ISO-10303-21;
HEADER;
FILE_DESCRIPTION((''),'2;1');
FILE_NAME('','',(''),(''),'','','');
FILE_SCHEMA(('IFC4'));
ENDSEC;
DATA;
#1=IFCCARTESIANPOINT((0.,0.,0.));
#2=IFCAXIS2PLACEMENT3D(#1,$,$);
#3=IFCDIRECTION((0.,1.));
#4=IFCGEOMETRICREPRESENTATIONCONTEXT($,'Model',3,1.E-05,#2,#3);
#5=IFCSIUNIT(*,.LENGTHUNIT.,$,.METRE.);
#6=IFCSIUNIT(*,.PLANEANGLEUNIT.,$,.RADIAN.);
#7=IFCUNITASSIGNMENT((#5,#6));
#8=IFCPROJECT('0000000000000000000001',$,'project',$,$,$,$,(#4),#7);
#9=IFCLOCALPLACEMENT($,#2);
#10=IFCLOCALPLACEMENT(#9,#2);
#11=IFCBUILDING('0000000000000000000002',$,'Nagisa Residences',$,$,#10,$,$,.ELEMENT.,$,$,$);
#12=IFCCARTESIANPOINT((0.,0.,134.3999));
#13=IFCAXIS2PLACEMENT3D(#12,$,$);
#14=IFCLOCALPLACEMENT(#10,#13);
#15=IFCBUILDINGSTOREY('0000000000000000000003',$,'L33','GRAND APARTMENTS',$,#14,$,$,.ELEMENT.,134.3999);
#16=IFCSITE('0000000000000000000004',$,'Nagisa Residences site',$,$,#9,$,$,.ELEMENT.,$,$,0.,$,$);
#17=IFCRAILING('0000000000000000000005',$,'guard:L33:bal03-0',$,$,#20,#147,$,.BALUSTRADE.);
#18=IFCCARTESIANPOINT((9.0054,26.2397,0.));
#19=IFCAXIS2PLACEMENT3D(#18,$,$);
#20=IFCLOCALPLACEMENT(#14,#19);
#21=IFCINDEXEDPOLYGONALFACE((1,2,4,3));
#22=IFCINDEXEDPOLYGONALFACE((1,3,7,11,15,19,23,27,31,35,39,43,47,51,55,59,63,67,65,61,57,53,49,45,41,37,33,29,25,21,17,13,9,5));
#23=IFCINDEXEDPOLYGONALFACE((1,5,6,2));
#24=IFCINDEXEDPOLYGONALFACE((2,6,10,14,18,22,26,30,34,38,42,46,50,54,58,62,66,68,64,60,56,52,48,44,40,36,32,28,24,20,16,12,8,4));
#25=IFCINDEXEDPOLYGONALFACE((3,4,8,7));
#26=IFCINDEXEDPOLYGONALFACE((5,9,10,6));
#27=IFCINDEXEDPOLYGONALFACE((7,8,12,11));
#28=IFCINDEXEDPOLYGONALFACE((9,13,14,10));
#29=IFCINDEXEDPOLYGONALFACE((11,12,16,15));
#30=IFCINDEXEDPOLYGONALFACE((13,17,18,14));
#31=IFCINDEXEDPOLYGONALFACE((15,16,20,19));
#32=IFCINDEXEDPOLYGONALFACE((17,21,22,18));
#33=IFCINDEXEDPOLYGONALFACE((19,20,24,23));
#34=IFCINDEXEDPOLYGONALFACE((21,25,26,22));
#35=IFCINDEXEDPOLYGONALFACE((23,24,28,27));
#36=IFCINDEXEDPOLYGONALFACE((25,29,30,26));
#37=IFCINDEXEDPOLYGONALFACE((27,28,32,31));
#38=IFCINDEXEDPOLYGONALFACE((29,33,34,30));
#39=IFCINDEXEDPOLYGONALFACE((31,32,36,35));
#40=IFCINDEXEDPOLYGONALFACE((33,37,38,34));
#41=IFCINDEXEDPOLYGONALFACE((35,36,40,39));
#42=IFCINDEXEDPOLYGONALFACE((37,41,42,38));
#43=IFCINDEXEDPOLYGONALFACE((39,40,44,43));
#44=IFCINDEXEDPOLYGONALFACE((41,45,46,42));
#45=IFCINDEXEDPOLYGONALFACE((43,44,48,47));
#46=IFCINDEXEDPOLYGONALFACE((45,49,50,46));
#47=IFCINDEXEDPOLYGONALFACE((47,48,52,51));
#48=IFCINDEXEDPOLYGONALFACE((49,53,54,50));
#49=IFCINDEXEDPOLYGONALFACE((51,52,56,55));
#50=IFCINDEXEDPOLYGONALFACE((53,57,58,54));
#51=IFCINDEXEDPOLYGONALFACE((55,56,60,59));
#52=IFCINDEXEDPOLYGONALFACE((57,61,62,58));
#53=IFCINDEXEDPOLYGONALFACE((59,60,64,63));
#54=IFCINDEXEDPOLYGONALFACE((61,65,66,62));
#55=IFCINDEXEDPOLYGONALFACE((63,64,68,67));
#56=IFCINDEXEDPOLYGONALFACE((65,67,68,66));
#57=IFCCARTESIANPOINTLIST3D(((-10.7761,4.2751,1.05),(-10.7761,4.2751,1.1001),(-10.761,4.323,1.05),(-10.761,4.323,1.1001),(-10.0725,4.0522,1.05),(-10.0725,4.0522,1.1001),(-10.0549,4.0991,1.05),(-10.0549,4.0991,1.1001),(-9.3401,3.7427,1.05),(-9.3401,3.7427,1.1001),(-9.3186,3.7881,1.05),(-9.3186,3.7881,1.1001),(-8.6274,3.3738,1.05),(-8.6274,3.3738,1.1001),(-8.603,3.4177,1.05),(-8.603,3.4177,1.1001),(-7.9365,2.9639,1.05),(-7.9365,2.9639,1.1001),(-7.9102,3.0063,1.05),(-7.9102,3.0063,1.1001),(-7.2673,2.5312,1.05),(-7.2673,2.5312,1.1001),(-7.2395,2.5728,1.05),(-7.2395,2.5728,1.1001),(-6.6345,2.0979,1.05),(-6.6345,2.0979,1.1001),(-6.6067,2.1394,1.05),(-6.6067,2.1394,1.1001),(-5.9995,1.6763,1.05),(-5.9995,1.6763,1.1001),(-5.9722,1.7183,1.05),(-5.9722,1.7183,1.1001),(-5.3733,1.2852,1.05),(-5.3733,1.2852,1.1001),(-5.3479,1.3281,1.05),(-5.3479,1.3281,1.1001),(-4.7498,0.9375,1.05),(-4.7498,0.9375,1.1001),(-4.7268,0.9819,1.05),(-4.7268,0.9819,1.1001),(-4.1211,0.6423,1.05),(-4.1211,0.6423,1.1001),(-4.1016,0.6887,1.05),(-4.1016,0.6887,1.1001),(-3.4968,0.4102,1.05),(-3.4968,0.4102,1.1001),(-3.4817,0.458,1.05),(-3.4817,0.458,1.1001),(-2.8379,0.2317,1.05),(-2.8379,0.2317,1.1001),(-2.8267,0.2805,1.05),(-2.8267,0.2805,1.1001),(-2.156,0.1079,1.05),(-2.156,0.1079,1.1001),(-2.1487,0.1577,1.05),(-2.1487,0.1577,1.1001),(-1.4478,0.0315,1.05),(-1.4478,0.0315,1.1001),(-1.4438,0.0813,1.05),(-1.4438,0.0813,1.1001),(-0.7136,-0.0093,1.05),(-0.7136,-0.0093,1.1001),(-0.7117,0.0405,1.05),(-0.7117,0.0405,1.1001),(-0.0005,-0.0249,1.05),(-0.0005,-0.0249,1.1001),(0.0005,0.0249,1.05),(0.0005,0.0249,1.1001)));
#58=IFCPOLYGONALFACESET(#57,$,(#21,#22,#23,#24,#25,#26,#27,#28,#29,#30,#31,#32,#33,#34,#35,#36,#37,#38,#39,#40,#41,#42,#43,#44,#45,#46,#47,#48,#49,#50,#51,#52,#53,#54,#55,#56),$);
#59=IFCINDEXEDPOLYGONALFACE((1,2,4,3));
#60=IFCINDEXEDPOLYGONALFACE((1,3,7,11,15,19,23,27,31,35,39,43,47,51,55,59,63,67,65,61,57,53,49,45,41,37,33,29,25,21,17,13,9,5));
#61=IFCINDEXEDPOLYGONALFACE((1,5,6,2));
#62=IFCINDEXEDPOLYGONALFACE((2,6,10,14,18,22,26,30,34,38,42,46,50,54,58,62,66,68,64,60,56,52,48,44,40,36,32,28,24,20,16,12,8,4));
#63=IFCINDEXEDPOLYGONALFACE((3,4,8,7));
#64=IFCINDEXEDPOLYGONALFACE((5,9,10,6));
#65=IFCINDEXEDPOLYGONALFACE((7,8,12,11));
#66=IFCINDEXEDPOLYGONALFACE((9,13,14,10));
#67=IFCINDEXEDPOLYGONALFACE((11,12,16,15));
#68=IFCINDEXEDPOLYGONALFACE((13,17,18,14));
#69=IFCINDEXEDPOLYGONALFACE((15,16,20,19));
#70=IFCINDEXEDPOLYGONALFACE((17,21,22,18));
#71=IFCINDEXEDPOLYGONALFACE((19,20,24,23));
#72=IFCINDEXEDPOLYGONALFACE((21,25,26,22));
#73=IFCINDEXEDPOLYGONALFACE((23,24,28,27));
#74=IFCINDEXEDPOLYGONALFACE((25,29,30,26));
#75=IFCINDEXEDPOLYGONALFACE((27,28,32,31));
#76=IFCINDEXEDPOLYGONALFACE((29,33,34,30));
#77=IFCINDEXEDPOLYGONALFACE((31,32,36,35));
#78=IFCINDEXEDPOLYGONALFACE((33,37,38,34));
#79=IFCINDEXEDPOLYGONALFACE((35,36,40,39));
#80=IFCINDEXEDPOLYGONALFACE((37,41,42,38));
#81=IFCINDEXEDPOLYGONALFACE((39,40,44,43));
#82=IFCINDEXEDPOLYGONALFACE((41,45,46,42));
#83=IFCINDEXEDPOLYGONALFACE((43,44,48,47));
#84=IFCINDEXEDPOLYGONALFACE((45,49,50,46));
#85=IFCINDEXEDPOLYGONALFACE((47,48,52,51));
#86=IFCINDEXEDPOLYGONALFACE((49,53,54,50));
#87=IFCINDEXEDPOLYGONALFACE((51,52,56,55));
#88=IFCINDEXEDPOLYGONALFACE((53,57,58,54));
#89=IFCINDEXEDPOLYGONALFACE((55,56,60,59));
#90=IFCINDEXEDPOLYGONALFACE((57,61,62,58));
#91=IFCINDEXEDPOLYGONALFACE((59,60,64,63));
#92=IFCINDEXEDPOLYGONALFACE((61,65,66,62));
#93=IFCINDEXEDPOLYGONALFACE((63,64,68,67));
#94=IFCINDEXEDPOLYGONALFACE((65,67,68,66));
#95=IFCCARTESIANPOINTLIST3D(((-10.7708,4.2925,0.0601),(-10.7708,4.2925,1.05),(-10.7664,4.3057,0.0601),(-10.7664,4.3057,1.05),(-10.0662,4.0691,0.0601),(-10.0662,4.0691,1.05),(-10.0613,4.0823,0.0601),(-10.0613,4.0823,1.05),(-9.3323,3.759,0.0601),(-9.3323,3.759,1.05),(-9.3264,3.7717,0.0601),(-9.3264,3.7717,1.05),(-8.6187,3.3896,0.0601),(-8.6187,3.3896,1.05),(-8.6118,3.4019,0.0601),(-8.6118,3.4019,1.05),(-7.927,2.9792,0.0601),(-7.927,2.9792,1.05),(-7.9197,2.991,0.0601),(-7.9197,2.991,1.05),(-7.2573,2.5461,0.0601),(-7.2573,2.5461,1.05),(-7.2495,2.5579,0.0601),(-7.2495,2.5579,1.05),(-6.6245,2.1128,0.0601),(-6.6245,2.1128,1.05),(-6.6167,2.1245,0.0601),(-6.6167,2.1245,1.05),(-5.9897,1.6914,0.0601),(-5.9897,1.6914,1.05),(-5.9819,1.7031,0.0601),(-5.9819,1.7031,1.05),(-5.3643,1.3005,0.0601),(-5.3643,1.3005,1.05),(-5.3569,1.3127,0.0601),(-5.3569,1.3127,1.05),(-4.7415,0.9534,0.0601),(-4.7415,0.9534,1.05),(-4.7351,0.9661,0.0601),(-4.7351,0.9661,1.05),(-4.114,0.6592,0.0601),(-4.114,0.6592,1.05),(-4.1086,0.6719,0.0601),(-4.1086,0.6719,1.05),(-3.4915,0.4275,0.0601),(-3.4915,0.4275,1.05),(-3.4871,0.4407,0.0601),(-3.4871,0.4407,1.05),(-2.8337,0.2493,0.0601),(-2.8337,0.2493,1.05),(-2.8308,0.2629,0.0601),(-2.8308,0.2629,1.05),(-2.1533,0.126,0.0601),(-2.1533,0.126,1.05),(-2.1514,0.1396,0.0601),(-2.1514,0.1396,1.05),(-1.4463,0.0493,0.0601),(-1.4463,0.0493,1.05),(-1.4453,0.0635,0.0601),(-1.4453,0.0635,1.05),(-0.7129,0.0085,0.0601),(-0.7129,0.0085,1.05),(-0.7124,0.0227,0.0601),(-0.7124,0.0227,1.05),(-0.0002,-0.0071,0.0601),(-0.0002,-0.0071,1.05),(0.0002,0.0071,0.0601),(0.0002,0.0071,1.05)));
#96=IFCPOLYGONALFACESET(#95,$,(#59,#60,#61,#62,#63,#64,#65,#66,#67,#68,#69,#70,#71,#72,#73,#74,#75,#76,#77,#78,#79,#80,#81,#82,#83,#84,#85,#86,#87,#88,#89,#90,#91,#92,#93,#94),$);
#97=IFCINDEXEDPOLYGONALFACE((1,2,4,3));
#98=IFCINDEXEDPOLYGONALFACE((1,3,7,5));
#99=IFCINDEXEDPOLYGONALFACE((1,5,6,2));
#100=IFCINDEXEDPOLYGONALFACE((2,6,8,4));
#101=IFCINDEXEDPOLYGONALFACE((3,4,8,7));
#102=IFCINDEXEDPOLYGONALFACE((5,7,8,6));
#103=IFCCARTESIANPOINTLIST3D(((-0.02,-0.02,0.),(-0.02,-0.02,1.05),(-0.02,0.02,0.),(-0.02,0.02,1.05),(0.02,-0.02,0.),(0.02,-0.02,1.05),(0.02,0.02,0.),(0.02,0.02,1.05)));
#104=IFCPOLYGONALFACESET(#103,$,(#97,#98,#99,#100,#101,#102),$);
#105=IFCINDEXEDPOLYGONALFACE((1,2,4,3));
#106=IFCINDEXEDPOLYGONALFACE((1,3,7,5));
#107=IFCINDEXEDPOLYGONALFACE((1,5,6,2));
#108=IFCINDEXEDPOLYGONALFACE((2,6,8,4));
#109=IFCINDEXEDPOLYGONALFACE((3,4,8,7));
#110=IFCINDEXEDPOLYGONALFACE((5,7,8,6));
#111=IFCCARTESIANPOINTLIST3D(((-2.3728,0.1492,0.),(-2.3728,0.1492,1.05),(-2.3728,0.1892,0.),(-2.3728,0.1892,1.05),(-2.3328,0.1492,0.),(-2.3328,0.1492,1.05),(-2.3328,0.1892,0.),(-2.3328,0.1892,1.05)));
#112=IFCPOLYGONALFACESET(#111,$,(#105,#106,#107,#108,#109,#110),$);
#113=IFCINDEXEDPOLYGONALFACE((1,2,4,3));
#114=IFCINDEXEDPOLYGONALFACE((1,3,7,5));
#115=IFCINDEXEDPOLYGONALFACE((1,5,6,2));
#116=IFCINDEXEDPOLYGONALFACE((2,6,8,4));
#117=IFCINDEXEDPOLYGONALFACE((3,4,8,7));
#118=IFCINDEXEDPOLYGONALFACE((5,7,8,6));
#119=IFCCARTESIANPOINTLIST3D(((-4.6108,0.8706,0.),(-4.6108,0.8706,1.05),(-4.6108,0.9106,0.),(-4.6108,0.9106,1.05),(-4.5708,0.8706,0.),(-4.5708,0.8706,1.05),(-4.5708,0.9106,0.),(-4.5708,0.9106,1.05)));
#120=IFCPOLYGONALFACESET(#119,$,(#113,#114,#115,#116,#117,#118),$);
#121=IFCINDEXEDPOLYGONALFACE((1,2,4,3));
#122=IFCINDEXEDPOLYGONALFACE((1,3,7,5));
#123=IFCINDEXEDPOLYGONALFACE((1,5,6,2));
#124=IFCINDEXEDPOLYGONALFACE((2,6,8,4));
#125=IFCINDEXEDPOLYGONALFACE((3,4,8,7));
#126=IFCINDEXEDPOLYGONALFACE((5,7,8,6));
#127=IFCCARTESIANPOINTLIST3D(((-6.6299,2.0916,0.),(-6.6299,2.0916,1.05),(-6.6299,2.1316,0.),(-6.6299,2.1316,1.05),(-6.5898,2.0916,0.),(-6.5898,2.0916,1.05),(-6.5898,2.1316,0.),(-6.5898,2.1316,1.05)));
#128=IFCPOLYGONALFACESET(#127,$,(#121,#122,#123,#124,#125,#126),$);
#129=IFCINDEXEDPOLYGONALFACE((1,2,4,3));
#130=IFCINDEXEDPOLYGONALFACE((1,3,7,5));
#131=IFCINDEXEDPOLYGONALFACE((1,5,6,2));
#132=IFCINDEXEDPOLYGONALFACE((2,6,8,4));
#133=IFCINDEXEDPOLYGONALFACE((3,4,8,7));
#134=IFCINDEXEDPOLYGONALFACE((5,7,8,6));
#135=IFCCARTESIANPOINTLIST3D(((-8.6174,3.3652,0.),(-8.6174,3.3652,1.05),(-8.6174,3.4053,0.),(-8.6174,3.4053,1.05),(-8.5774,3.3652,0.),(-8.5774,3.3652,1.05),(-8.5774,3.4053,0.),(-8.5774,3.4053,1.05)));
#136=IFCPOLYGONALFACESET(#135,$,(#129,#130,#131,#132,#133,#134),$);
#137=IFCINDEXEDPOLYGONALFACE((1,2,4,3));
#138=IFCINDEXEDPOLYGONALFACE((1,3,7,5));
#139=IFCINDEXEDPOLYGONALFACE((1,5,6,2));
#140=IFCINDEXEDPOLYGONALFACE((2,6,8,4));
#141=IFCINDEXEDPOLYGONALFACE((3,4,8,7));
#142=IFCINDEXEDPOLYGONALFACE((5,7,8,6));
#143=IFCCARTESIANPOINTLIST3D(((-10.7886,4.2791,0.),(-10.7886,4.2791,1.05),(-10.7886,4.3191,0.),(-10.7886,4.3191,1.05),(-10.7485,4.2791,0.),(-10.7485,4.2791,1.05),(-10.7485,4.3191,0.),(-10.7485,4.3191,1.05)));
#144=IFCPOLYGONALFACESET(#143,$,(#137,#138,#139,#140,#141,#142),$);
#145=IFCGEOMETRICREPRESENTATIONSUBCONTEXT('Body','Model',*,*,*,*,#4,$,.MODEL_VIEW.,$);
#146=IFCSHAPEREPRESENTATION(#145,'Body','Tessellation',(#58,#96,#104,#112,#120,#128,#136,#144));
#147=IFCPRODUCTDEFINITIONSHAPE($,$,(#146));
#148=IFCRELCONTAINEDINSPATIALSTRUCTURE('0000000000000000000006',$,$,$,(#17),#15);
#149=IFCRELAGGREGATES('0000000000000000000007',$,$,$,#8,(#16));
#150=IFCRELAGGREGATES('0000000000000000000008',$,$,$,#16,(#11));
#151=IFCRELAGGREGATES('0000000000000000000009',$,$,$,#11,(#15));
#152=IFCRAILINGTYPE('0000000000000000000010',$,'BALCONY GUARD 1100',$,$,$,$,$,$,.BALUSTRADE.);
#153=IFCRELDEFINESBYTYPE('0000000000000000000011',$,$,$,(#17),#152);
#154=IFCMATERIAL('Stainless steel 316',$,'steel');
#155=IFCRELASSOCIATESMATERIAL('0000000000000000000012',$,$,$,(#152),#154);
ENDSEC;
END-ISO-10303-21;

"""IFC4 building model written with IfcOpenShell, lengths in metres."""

from ifc_helpers import new_model, si_unit, direction, frame, origin, origin_2d, place, context, subcontext, project, spatial, polyline, rectangle, outline, extrude, material, type_object, element, save


model = new_model("IFC4")

# Units and contexts
model_context = context("Model", 3, precision=1e-05, world=origin(), true_north=direction((0.0, 1.0)))
body_context = subcontext(model_context, "Body", "Model", "MODEL_VIEW")
ifc_project = project(units=[si_unit("LENGTHUNIT", "METRE"), si_unit("PLANEANGLEUNIT", "RADIAN")], contexts=[model_context])

# Site, building, storey
site_placement = place(None, origin())
site = spatial("IfcSite", under=ifc_project, at=site_placement, Name="Nagisa Residences site", CompositionType="ELEMENT", RefElevation=0.0)
building_placement = place(site_placement, origin())
building = spatial("IfcBuilding", under=site, at=building_placement, Name="Nagisa Residences", CompositionType="ELEMENT")
storey_placement = place(building_placement, frame((0.0, 0.0, 134.3999)))
storey = spatial("IfcBuildingStorey", under=building, at=storey_placement, Name="L33", Description="GRAND APARTMENTS", CompositionType="ELEMENT", Elevation=134.3999)

# Railing
ifc_material_1 = material(Name="Stainless steel 316", Category="steel")
railing_type = type_object("IfcRailingType", Name="BALCONY GUARD 1100", PredefinedType="BALUSTRADE", material=ifc_material_1)
railing_placement = place(storey_placement, frame((9.0054, 26.2397, 0.0)))
element("IfcRailing", 1, at=railing_placement, inside=storey, type_object=railing_type, Name="guard:L33:bal03-0", PredefinedType="BALUSTRADE", context=body_context, shape_type="SweptSolid", body=[
    extrude(outline(polyline([(-0.7136, -0.0093), (-0.0005, -0.0249), (0.0005, 0.0249), (-0.7117, 0.0405), (-1.4438, 0.0813), (-2.1487, 0.1577), (-2.8267, 0.2805), (-3.4817, 0.458), (-4.1016, 0.6887), (-4.7268, 0.9819), (-5.3479, 1.3281), (-5.9722, 1.7183), (-6.6067, 2.1394), (-7.2395, 2.5728), (-7.9102, 3.0063), (-8.603, 3.4177), (-9.3186, 3.7881), (-10.0549, 4.0991), (-10.761, 4.323), (-10.7761, 4.2751), (-10.0725, 4.0522), (-9.3401, 3.7427), (-8.6274, 3.3738), (-7.9365, 2.9639), (-7.2673, 2.5312), (-6.6345, 2.0979), (-5.9995, 1.6763), (-5.3733, 1.2852), (-4.7498, 0.9375), (-4.1211, 0.6423), (-3.4968, 0.4102), (-2.8379, 0.2317), (-2.156, 0.1079), (-1.4478, 0.0315), (-0.7136, -0.0093)])), frame((0.0, 0.0, 1.05)), (0.0, 0.0, 1.0), 0.05),
    extrude(outline(polyline([(-0.7129, 0.0085), (-0.0002, -0.0071), (0.0002, 0.0071), (-0.7124, 0.0227), (-1.4453, 0.0635), (-2.1514, 0.1396), (-2.8308, 0.2629), (-3.4871, 0.4407), (-4.1086, 0.6719), (-4.7351, 0.9661), (-5.3569, 1.3127), (-5.9819, 1.7031), (-6.6167, 2.1245), (-7.2495, 2.5579), (-7.9197, 2.991), (-8.6118, 3.4019), (-9.3264, 3.7717), (-10.0613, 4.0823), (-10.7664, 4.3057), (-10.7708, 4.2925), (-10.0662, 4.0691), (-9.3323, 3.759), (-8.6187, 3.3896), (-7.927, 2.9792), (-7.2573, 2.5461), (-6.6245, 2.1128), (-5.9897, 1.6914), (-5.3643, 1.3005), (-4.7415, 0.9534), (-4.114, 0.6592), (-3.4915, 0.4275), (-2.8337, 0.2493), (-2.1533, 0.126), (-1.4463, 0.0493), (-0.7129, 0.0085)])), frame((0.0, 0.0, 0.0601)), (0.0, 0.0, 1.0), 0.99),
    extrude(rectangle(XDim=0.04, YDim=0.04, at=origin_2d()), origin(), (0.0, 0.0, 1.0), 1.05),
    extrude(rectangle(XDim=0.04, YDim=0.04, at=origin_2d()), frame((-2.3528, 0.1692, 0.0)), (0.0, 0.0, 1.0), 1.05),
    extrude(rectangle(XDim=0.04, YDim=0.04, at=origin_2d()), frame((-4.5908, 0.8906, 0.0)), (0.0, 0.0, 1.0), 1.05),
    extrude(rectangle(XDim=0.04, YDim=0.04, at=origin_2d()), frame((-6.6099, 2.1116, 0.0)), (0.0, 0.0, 1.0), 1.05),
    extrude(rectangle(XDim=0.04, YDim=0.04, at=origin_2d()), frame((-8.5974, 3.3853, 0.0)), (0.0, 0.0, 1.0), 1.05),
    extrude(rectangle(XDim=0.04, YDim=0.04, at=origin_2d()), frame((-10.7686, 4.2991, 0.0)), (0.0, 0.0, 1.0), 1.05),
])

save(model, "model.ifc")
